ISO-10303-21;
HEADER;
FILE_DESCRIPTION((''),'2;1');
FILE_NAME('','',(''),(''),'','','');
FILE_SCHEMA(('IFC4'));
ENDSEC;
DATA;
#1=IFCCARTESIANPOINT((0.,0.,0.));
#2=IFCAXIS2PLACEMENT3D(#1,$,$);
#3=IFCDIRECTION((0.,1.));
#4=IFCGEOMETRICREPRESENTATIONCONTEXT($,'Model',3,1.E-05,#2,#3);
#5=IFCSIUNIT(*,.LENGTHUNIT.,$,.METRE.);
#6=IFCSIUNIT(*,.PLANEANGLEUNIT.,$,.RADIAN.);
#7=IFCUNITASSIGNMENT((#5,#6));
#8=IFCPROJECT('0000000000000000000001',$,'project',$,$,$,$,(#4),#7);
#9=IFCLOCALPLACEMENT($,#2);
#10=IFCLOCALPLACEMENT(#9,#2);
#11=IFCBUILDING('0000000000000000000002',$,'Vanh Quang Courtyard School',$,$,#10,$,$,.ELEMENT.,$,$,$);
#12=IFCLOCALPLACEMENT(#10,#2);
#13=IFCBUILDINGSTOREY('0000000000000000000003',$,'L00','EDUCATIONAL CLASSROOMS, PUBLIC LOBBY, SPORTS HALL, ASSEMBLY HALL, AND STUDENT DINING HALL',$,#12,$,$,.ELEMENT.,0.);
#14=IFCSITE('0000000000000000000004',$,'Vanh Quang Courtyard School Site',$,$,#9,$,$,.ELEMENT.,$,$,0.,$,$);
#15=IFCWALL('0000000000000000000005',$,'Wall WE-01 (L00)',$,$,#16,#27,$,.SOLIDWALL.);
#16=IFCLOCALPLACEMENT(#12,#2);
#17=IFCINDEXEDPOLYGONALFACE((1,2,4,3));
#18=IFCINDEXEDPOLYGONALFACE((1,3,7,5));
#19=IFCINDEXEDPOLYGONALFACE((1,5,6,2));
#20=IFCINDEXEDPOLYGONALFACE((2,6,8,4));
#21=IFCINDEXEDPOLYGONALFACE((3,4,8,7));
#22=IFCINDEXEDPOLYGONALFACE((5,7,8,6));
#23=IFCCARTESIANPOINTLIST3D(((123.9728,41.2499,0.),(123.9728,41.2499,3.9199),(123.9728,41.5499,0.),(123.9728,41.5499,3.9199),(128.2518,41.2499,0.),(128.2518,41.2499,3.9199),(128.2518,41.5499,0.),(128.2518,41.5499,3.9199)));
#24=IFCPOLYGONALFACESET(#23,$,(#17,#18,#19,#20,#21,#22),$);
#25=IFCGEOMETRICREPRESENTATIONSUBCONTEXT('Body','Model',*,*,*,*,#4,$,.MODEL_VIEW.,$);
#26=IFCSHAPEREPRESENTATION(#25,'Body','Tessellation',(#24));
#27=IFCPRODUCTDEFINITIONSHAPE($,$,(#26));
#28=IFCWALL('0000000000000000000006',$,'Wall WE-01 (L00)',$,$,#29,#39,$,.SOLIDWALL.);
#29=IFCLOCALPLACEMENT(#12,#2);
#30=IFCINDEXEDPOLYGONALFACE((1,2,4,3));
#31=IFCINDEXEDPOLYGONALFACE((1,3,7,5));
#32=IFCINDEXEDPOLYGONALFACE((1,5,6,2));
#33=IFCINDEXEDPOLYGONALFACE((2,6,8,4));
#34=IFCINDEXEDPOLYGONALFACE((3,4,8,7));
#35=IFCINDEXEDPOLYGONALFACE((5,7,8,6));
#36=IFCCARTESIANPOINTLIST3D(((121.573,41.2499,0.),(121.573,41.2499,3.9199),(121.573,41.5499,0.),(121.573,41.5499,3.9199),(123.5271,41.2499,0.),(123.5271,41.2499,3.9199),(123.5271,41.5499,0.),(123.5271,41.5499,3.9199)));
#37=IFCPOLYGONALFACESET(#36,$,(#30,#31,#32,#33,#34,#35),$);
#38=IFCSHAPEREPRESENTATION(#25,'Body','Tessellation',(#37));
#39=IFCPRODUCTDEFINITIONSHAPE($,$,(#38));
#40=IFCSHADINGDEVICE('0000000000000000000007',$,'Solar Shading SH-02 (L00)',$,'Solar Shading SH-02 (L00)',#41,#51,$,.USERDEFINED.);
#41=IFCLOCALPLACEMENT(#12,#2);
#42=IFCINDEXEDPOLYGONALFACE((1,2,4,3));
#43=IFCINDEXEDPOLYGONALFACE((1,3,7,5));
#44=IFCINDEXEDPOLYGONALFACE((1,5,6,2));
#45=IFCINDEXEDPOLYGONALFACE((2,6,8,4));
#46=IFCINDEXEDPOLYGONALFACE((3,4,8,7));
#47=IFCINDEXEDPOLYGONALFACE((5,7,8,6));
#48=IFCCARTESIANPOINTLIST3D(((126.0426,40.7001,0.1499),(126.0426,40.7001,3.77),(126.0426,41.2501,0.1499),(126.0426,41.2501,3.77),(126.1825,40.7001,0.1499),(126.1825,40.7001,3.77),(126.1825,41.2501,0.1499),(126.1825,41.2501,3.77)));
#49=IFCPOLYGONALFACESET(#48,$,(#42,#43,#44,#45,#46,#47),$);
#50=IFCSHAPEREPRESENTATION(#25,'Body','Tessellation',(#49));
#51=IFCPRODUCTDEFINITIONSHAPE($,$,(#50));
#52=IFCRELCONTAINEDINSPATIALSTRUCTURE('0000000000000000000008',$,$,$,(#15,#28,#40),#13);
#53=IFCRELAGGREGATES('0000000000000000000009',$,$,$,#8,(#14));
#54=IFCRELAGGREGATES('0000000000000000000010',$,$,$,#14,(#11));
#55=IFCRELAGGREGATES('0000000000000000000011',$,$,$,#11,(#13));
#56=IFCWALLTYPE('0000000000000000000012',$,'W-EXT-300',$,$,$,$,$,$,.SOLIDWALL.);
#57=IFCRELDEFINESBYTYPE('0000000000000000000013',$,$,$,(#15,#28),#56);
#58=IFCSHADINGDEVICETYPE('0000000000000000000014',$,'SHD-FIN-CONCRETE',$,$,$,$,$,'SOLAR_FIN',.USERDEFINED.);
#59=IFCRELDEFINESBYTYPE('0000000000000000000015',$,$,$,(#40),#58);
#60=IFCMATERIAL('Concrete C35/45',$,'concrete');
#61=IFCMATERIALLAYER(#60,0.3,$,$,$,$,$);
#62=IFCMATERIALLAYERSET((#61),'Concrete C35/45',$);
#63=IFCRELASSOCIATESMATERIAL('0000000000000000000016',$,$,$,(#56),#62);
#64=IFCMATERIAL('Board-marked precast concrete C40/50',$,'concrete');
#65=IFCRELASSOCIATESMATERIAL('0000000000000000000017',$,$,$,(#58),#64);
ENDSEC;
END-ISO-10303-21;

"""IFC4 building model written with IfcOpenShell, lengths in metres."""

from ifc_helpers import new_model, si_unit, direction, frame, frame_2d, origin, origin_2d, place, context, subcontext, project, spatial, rectangle, extrude, material, layer, layer_set, type_object, element, save


model = new_model("IFC4")

# Units and contexts
model_context = context("Model", 3, precision=1e-05, world=origin(), true_north=direction((0.0, 1.0)))
body_context = subcontext(model_context, "Body", "Model", "MODEL_VIEW")
ifc_project = project(units=[si_unit("LENGTHUNIT", "METRE"), si_unit("PLANEANGLEUNIT", "RADIAN")], contexts=[model_context])

# Site, building, storey
site_placement = place(None, origin())
site = spatial("IfcSite", under=ifc_project, at=site_placement, Name="Vanh Quang Courtyard School Site", CompositionType="ELEMENT", RefElevation=0.0)
building_placement = place(site_placement, origin())
building = spatial("IfcBuilding", under=site, at=building_placement, Name="Vanh Quang Courtyard School", CompositionType="ELEMENT")
storey_placement = place(building_placement, origin())
storey = spatial("IfcBuildingStorey", under=building, at=storey_placement, Name="L00", Description="EDUCATIONAL CLASSROOMS, PUBLIC LOBBY, SPORTS HALL, ASSEMBLY HALL, AND STUDENT DINING HALL", CompositionType="ELEMENT", Elevation=0.0)

# Shared definitions
ifc_material_1 = material(Name="Concrete C35/45", Category="concrete")

# Walls
ifc_layer = layer(ifc_material_1, 0.3)
ifc_layer_set = layer_set([ifc_layer], Name="Concrete C35/45")
wall_type = type_object("IfcWallType", Name="W-EXT-300", PredefinedType="SOLIDWALL", material=ifc_layer_set)
wall_1_placement = place(storey_placement, frame((128.252, 41.3999, 0.0), z_axis=(0.0, 0.0, 1.0), x_axis=(-1.0, 0.0, 0.0)))
element("IfcWall", 1, at=wall_1_placement, inside=storey, type_object=wall_type, Name="Wall WE-01 (L00)", PredefinedType="SOLIDWALL", context=body_context, shape_type="SweptSolid", body=[
    extrude(rectangle(XDim=4.2791, YDim=0.3, at=frame_2d((2.1396, 0.0))), origin(), (0.0, 0.0, 1.0), 3.9199),
])
wall_2_placement = place(storey_placement, frame((123.5271, 41.3999, 0.0), z_axis=(0.0, 0.0, 1.0), x_axis=(-1.0, 0.0, 0.0)))
element("IfcWall", 2, at=wall_2_placement, inside=storey, type_object=wall_type, Name="Wall WE-01 (L00)", PredefinedType="SOLIDWALL", context=body_context, shape_type="SweptSolid", body=[
    extrude(rectangle(XDim=1.9541, YDim=0.3, at=frame_2d((0.9771, 0.0))), origin(), (0.0, 0.0, 1.0), 3.9199),
])

# Shading device
ifc_material_2 = material(Name="Board-marked precast concrete C40/50", Category="concrete")
shading_device_type = type_object("IfcShadingDeviceType", Name="SHD-FIN-CONCRETE", ElementType="SOLAR_FIN", PredefinedType="USERDEFINED", material=ifc_material_2)
shading_device_placement = place(storey_placement, frame((126.1125, 40.9751, 0.1499), z_axis=(0.0, 0.0, 1.0), x_axis=(-1.0, 0.0, 0.0)))
element("IfcShadingDevice", 3, at=shading_device_placement, inside=storey, type_object=shading_device_type, Name="Solar Shading SH-02 (L00)", ObjectType="Solar Shading SH-02 (L00)", PredefinedType="USERDEFINED", context=body_context, shape_type="SweptSolid", body=[
    extrude(rectangle(XDim=0.1399, YDim=0.55, at=origin_2d()), origin(), (0.0, 0.0, 1.0), 3.6201),
])

save(model, "model.ifc")
